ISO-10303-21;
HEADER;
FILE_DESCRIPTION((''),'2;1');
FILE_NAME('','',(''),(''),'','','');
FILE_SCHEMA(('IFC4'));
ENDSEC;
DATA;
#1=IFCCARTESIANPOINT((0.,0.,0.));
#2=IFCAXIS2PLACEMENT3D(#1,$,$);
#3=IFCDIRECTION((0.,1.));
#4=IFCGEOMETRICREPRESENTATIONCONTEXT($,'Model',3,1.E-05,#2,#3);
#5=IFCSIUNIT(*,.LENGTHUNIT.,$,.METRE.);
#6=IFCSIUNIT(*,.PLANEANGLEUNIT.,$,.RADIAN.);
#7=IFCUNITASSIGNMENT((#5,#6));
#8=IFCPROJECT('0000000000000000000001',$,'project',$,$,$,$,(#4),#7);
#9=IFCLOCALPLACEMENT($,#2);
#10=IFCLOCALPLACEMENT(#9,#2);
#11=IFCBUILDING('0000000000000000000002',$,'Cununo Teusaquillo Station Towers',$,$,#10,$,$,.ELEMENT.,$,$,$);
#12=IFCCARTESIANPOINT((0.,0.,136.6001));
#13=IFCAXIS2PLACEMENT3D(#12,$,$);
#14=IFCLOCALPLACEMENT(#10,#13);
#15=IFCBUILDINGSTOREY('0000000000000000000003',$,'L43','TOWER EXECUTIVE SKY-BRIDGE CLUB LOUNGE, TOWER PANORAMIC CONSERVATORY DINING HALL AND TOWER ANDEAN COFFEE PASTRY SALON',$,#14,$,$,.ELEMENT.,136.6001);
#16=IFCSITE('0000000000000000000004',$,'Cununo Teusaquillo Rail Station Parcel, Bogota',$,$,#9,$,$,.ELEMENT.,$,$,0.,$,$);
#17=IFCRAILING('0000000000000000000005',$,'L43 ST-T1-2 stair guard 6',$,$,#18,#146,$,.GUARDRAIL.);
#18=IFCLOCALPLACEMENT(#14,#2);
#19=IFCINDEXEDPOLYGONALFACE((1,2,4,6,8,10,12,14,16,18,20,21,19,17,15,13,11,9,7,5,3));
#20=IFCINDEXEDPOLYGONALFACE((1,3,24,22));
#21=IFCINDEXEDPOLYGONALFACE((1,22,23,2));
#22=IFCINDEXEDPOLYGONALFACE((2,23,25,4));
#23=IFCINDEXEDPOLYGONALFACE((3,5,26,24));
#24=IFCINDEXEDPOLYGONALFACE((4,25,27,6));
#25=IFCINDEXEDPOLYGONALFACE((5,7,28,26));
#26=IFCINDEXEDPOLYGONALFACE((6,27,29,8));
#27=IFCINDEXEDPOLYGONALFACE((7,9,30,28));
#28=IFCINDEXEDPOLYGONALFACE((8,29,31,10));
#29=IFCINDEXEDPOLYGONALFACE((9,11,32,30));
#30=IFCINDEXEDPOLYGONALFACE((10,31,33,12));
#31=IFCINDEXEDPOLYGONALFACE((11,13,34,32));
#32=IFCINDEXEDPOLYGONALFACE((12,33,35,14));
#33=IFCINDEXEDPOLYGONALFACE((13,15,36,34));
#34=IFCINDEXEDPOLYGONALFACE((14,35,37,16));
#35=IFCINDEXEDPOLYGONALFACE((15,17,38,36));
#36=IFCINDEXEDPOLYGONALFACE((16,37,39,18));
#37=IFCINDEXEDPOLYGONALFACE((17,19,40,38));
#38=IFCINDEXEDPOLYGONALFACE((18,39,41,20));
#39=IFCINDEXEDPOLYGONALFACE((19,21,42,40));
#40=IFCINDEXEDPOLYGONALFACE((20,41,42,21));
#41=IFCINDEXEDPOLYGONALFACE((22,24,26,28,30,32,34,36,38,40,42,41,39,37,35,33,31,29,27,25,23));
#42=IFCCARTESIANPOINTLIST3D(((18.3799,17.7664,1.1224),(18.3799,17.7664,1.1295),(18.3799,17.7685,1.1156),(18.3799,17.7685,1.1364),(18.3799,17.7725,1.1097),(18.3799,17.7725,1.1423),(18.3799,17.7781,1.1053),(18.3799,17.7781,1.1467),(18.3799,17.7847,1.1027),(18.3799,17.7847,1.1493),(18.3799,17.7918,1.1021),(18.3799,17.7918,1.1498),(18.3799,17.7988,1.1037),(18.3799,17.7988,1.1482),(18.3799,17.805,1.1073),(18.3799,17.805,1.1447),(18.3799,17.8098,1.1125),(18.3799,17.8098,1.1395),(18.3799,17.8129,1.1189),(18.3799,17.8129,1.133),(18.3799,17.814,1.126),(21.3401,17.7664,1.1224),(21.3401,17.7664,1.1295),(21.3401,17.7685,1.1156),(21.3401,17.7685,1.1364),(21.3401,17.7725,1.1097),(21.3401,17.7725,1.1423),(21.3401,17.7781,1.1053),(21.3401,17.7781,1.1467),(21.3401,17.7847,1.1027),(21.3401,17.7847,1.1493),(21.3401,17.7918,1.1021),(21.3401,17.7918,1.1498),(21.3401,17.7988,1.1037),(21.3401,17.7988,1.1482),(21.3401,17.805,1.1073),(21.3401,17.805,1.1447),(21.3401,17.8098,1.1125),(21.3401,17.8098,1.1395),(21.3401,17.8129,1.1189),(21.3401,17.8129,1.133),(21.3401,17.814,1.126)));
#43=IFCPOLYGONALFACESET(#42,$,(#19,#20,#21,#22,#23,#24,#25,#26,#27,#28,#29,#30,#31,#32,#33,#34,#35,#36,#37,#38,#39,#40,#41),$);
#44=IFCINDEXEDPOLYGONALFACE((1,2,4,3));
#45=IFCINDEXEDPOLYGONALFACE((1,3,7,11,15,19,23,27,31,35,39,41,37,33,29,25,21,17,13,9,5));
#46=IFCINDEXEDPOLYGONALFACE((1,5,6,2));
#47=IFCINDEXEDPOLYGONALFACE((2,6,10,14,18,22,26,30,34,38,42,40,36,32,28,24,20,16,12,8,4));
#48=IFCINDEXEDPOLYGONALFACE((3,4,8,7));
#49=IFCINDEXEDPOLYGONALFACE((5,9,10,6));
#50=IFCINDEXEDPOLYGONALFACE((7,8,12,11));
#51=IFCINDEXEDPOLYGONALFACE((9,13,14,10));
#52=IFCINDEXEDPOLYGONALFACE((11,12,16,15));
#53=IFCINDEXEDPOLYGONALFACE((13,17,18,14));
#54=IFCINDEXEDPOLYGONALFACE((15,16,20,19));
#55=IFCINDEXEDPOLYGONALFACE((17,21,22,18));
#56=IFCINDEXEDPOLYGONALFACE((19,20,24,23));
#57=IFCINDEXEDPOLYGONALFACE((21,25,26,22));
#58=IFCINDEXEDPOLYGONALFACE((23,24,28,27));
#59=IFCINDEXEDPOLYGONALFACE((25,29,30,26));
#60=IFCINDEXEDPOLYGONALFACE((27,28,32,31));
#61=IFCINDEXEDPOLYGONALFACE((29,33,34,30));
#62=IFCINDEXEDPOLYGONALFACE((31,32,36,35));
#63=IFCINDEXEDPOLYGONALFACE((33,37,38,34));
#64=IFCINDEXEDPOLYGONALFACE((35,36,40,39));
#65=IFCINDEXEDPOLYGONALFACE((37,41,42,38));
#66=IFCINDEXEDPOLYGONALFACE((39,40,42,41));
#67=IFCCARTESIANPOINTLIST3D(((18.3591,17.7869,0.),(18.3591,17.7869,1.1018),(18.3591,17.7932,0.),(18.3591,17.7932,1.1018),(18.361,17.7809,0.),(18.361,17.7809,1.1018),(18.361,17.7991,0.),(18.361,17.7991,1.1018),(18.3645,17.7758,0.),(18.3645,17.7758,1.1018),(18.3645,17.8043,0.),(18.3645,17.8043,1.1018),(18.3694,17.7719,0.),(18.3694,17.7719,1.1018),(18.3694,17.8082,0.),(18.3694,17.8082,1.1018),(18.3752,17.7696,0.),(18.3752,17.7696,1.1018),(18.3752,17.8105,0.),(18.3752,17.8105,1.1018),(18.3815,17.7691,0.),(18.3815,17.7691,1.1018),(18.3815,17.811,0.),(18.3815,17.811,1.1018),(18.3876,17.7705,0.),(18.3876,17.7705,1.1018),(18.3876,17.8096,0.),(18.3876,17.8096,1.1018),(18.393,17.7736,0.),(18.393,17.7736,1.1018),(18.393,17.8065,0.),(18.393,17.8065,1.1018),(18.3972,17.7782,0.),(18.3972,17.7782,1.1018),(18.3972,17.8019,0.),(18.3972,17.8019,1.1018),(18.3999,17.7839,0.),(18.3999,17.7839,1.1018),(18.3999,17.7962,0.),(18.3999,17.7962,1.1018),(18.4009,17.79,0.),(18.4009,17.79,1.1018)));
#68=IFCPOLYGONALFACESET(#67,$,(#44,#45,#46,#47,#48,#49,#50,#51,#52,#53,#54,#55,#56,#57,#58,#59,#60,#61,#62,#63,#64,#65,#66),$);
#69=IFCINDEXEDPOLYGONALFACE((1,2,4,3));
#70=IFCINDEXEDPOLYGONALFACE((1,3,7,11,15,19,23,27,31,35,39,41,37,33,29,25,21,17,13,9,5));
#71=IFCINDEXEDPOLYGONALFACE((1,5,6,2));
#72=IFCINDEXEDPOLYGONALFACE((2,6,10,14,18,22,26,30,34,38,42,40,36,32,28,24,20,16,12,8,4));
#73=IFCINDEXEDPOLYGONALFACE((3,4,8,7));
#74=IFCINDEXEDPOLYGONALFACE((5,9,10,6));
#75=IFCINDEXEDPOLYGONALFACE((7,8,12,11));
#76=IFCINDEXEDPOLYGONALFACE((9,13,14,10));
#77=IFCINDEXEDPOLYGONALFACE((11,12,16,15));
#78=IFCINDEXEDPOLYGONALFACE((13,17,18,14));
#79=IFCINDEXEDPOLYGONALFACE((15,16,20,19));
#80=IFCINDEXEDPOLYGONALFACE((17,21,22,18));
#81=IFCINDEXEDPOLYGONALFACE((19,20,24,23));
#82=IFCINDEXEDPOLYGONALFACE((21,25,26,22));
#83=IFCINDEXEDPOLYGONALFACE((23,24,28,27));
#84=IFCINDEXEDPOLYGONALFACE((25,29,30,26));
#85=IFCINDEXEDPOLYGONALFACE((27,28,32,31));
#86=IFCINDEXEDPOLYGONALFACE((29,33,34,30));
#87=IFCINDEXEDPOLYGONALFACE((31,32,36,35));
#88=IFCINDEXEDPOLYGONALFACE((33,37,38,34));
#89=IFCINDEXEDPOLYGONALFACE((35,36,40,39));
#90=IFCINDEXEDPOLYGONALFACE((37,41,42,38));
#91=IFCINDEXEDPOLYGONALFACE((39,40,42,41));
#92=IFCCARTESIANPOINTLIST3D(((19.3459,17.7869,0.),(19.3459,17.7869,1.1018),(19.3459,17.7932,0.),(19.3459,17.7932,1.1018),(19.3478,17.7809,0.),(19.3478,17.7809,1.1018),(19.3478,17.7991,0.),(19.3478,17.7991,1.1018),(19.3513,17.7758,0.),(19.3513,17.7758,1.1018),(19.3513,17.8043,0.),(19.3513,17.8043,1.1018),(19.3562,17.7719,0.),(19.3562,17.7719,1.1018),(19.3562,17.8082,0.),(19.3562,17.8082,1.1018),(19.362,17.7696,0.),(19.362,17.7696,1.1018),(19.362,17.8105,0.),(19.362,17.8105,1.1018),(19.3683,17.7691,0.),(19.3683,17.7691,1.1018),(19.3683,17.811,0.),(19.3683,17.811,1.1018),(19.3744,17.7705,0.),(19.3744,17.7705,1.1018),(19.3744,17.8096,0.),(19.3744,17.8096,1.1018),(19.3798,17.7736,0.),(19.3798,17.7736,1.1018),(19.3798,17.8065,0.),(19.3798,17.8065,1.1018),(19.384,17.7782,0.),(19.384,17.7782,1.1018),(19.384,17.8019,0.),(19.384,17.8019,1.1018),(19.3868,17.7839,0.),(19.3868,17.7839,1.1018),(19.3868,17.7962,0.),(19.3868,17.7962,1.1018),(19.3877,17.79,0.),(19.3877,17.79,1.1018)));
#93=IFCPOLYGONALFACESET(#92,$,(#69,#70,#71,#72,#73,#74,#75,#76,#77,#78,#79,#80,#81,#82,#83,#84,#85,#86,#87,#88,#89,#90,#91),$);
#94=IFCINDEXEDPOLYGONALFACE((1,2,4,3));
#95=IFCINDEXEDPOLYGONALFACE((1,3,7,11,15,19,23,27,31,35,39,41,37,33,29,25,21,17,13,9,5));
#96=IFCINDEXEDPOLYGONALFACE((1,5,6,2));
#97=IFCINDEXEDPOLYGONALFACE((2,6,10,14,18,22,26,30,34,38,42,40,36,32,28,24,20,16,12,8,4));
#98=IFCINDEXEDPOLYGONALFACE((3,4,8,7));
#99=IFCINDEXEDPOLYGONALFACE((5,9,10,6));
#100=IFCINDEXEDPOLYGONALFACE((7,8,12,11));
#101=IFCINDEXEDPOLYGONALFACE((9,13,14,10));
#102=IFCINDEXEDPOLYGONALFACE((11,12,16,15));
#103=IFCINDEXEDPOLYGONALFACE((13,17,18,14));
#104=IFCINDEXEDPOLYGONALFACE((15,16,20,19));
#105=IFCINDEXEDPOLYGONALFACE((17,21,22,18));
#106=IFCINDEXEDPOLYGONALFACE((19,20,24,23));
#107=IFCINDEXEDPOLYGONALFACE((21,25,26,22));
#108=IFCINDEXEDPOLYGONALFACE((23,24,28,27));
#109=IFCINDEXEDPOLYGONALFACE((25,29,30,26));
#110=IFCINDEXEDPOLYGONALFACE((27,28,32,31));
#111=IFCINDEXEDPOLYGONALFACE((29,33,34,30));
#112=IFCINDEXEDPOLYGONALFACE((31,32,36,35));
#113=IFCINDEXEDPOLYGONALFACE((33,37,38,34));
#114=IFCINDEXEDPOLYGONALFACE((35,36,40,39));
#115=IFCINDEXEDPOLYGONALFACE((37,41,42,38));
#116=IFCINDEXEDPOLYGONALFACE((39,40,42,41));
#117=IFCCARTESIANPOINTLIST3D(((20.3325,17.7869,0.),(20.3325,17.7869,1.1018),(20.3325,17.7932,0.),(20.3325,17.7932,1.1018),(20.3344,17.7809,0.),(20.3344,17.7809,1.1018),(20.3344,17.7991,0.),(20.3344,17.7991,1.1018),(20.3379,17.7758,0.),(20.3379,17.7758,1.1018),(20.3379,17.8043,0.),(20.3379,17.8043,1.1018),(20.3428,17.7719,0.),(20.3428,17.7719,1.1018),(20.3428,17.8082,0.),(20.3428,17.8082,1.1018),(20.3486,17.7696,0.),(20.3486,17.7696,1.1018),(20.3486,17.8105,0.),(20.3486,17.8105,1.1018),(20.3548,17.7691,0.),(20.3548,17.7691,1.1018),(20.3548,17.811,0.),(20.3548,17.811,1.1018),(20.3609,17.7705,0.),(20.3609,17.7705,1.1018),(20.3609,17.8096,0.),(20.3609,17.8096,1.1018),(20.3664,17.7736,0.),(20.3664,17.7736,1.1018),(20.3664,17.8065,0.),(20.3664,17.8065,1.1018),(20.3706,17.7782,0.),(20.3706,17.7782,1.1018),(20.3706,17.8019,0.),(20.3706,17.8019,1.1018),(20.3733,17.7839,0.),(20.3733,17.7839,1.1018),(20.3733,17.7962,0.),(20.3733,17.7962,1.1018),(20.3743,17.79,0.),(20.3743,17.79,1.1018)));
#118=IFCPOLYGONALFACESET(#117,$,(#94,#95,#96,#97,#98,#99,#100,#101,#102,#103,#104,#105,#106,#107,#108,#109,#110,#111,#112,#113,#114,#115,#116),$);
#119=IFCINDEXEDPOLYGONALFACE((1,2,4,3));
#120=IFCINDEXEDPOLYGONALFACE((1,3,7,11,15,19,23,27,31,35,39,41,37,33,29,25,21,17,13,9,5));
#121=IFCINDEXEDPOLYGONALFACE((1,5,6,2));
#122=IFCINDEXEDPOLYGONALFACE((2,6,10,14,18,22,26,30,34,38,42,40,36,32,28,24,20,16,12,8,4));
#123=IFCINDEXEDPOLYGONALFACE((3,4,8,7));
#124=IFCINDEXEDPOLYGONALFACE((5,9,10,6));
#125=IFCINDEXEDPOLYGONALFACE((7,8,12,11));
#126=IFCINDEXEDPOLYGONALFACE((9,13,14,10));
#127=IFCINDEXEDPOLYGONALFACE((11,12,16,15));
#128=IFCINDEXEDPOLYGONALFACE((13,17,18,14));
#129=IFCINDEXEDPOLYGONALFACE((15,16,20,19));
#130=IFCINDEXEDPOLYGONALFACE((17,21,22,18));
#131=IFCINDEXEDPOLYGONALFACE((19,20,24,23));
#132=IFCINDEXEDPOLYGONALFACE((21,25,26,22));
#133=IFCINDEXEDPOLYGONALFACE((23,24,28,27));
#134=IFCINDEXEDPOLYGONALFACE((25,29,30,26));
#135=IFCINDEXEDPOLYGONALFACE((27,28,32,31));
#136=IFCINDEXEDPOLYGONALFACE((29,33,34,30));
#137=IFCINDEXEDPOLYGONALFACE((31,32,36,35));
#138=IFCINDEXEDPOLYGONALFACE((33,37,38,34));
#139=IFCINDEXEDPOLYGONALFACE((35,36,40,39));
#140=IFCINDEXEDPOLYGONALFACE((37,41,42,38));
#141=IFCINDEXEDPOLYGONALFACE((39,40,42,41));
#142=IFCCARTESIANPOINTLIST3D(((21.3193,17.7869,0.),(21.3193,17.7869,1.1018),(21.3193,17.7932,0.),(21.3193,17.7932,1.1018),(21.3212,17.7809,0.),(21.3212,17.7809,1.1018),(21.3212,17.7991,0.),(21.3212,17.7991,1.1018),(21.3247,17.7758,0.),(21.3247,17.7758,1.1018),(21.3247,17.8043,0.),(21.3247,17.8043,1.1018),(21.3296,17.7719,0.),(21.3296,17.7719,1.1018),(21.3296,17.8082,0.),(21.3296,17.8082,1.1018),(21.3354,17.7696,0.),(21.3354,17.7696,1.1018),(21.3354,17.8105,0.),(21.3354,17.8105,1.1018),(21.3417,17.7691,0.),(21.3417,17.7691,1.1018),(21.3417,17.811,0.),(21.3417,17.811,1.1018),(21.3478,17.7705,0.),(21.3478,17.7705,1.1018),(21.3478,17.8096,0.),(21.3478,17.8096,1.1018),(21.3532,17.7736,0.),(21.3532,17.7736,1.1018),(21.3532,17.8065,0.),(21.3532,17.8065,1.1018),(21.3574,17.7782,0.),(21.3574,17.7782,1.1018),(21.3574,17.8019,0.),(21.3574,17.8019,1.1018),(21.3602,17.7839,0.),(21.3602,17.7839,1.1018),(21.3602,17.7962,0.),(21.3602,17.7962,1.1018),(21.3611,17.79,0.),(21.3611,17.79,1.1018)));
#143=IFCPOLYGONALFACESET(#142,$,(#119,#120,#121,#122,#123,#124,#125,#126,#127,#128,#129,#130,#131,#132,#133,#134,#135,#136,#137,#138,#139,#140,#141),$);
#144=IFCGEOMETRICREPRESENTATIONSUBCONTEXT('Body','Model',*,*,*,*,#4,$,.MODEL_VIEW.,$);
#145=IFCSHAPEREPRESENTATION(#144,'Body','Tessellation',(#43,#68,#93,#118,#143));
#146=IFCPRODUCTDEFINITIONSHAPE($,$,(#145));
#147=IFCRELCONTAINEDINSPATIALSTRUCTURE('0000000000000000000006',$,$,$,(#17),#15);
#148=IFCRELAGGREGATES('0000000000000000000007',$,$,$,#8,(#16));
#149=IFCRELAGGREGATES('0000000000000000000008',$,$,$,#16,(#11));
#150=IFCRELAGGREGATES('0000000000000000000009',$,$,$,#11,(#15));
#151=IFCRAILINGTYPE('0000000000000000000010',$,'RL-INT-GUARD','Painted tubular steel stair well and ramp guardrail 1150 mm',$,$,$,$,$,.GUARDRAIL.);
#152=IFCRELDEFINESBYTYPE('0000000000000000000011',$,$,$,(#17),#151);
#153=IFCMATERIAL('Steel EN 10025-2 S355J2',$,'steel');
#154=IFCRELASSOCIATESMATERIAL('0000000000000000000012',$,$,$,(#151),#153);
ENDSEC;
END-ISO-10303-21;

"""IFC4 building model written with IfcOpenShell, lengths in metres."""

from ifc_helpers import new_model, si_unit, direction, frame, origin, origin_2d, place, context, subcontext, project, spatial, circle, extrude, material, type_object, element, save


model = new_model("IFC4")

# Units and contexts
model_context = context("Model", 3, precision=1e-05, world=origin(), true_north=direction((0.0, 1.0)))
body_context = subcontext(model_context, "Body", "Model", "MODEL_VIEW")
ifc_project = project(units=[si_unit("LENGTHUNIT", "METRE"), si_unit("PLANEANGLEUNIT", "RADIAN")], contexts=[model_context])

# Site, building, storey
site_placement = place(None, origin())
site = spatial("IfcSite", under=ifc_project, at=site_placement, Name="Cununo Teusaquillo Rail Station Parcel, Bogota", CompositionType="ELEMENT", RefElevation=0.0)
building_placement = place(site_placement, origin())
building = spatial("IfcBuilding", under=site, at=building_placement, Name="Cununo Teusaquillo Station Towers", CompositionType="ELEMENT")
storey_placement = place(building_placement, frame((0.0, 0.0, 136.6001)))
storey = spatial("IfcBuildingStorey", under=building, at=storey_placement, Name="L43", Description="TOWER EXECUTIVE SKY-BRIDGE CLUB LOUNGE, TOWER PANORAMIC CONSERVATORY DINING HALL AND TOWER ANDEAN COFFEE PASTRY SALON", CompositionType="ELEMENT", Elevation=136.6001)

# Railing
ifc_material_1 = material(Name="Steel EN 10025-2 S355J2", Category="steel")
railing_type_1 = type_object("IfcRailingType", Name="RL-INT-GUARD", Description="Painted tubular steel stair well and ramp guardrail 1150 mm", PredefinedType="GUARDRAIL", material=ifc_material_1)
railing_1_placement = place(storey_placement, frame((18.3799, 17.79, 0.0)))
element("IfcRailing", 1, at=railing_1_placement, inside=storey, type_object=railing_type_1, Name="L43 ST-T1-2 stair guard 6", PredefinedType="GUARDRAIL", context=body_context, shape_type="SweptSolid", body=[
    extrude(circle(Radius=0.0239, at=origin_2d()), frame((0.0, 0.0, 1.126), z_axis=(1.0, 0.0, 0.0), x_axis=(0.0, 1.0, 0.0)), (0.0, 0.0, 1.0), 2.9602),
    extrude(circle(Radius=0.021, at=origin_2d()), origin(), (0.0, 0.0, 1.0), 1.1018),
    extrude(circle(Radius=0.021, at=origin_2d()), frame((0.9868, 0.0, 0.0)), (0.0, 0.0, 1.0), 1.1018),
    extrude(circle(Radius=0.021, at=origin_2d()), frame((1.9734, 0.0, 0.0)), (0.0, 0.0, 1.0), 1.1018),
    extrude(circle(Radius=0.021, at=origin_2d()), frame((2.9602, 0.0, 0.0)), (0.0, 0.0, 1.0), 1.1018),
])

save(model, "model.ifc")
